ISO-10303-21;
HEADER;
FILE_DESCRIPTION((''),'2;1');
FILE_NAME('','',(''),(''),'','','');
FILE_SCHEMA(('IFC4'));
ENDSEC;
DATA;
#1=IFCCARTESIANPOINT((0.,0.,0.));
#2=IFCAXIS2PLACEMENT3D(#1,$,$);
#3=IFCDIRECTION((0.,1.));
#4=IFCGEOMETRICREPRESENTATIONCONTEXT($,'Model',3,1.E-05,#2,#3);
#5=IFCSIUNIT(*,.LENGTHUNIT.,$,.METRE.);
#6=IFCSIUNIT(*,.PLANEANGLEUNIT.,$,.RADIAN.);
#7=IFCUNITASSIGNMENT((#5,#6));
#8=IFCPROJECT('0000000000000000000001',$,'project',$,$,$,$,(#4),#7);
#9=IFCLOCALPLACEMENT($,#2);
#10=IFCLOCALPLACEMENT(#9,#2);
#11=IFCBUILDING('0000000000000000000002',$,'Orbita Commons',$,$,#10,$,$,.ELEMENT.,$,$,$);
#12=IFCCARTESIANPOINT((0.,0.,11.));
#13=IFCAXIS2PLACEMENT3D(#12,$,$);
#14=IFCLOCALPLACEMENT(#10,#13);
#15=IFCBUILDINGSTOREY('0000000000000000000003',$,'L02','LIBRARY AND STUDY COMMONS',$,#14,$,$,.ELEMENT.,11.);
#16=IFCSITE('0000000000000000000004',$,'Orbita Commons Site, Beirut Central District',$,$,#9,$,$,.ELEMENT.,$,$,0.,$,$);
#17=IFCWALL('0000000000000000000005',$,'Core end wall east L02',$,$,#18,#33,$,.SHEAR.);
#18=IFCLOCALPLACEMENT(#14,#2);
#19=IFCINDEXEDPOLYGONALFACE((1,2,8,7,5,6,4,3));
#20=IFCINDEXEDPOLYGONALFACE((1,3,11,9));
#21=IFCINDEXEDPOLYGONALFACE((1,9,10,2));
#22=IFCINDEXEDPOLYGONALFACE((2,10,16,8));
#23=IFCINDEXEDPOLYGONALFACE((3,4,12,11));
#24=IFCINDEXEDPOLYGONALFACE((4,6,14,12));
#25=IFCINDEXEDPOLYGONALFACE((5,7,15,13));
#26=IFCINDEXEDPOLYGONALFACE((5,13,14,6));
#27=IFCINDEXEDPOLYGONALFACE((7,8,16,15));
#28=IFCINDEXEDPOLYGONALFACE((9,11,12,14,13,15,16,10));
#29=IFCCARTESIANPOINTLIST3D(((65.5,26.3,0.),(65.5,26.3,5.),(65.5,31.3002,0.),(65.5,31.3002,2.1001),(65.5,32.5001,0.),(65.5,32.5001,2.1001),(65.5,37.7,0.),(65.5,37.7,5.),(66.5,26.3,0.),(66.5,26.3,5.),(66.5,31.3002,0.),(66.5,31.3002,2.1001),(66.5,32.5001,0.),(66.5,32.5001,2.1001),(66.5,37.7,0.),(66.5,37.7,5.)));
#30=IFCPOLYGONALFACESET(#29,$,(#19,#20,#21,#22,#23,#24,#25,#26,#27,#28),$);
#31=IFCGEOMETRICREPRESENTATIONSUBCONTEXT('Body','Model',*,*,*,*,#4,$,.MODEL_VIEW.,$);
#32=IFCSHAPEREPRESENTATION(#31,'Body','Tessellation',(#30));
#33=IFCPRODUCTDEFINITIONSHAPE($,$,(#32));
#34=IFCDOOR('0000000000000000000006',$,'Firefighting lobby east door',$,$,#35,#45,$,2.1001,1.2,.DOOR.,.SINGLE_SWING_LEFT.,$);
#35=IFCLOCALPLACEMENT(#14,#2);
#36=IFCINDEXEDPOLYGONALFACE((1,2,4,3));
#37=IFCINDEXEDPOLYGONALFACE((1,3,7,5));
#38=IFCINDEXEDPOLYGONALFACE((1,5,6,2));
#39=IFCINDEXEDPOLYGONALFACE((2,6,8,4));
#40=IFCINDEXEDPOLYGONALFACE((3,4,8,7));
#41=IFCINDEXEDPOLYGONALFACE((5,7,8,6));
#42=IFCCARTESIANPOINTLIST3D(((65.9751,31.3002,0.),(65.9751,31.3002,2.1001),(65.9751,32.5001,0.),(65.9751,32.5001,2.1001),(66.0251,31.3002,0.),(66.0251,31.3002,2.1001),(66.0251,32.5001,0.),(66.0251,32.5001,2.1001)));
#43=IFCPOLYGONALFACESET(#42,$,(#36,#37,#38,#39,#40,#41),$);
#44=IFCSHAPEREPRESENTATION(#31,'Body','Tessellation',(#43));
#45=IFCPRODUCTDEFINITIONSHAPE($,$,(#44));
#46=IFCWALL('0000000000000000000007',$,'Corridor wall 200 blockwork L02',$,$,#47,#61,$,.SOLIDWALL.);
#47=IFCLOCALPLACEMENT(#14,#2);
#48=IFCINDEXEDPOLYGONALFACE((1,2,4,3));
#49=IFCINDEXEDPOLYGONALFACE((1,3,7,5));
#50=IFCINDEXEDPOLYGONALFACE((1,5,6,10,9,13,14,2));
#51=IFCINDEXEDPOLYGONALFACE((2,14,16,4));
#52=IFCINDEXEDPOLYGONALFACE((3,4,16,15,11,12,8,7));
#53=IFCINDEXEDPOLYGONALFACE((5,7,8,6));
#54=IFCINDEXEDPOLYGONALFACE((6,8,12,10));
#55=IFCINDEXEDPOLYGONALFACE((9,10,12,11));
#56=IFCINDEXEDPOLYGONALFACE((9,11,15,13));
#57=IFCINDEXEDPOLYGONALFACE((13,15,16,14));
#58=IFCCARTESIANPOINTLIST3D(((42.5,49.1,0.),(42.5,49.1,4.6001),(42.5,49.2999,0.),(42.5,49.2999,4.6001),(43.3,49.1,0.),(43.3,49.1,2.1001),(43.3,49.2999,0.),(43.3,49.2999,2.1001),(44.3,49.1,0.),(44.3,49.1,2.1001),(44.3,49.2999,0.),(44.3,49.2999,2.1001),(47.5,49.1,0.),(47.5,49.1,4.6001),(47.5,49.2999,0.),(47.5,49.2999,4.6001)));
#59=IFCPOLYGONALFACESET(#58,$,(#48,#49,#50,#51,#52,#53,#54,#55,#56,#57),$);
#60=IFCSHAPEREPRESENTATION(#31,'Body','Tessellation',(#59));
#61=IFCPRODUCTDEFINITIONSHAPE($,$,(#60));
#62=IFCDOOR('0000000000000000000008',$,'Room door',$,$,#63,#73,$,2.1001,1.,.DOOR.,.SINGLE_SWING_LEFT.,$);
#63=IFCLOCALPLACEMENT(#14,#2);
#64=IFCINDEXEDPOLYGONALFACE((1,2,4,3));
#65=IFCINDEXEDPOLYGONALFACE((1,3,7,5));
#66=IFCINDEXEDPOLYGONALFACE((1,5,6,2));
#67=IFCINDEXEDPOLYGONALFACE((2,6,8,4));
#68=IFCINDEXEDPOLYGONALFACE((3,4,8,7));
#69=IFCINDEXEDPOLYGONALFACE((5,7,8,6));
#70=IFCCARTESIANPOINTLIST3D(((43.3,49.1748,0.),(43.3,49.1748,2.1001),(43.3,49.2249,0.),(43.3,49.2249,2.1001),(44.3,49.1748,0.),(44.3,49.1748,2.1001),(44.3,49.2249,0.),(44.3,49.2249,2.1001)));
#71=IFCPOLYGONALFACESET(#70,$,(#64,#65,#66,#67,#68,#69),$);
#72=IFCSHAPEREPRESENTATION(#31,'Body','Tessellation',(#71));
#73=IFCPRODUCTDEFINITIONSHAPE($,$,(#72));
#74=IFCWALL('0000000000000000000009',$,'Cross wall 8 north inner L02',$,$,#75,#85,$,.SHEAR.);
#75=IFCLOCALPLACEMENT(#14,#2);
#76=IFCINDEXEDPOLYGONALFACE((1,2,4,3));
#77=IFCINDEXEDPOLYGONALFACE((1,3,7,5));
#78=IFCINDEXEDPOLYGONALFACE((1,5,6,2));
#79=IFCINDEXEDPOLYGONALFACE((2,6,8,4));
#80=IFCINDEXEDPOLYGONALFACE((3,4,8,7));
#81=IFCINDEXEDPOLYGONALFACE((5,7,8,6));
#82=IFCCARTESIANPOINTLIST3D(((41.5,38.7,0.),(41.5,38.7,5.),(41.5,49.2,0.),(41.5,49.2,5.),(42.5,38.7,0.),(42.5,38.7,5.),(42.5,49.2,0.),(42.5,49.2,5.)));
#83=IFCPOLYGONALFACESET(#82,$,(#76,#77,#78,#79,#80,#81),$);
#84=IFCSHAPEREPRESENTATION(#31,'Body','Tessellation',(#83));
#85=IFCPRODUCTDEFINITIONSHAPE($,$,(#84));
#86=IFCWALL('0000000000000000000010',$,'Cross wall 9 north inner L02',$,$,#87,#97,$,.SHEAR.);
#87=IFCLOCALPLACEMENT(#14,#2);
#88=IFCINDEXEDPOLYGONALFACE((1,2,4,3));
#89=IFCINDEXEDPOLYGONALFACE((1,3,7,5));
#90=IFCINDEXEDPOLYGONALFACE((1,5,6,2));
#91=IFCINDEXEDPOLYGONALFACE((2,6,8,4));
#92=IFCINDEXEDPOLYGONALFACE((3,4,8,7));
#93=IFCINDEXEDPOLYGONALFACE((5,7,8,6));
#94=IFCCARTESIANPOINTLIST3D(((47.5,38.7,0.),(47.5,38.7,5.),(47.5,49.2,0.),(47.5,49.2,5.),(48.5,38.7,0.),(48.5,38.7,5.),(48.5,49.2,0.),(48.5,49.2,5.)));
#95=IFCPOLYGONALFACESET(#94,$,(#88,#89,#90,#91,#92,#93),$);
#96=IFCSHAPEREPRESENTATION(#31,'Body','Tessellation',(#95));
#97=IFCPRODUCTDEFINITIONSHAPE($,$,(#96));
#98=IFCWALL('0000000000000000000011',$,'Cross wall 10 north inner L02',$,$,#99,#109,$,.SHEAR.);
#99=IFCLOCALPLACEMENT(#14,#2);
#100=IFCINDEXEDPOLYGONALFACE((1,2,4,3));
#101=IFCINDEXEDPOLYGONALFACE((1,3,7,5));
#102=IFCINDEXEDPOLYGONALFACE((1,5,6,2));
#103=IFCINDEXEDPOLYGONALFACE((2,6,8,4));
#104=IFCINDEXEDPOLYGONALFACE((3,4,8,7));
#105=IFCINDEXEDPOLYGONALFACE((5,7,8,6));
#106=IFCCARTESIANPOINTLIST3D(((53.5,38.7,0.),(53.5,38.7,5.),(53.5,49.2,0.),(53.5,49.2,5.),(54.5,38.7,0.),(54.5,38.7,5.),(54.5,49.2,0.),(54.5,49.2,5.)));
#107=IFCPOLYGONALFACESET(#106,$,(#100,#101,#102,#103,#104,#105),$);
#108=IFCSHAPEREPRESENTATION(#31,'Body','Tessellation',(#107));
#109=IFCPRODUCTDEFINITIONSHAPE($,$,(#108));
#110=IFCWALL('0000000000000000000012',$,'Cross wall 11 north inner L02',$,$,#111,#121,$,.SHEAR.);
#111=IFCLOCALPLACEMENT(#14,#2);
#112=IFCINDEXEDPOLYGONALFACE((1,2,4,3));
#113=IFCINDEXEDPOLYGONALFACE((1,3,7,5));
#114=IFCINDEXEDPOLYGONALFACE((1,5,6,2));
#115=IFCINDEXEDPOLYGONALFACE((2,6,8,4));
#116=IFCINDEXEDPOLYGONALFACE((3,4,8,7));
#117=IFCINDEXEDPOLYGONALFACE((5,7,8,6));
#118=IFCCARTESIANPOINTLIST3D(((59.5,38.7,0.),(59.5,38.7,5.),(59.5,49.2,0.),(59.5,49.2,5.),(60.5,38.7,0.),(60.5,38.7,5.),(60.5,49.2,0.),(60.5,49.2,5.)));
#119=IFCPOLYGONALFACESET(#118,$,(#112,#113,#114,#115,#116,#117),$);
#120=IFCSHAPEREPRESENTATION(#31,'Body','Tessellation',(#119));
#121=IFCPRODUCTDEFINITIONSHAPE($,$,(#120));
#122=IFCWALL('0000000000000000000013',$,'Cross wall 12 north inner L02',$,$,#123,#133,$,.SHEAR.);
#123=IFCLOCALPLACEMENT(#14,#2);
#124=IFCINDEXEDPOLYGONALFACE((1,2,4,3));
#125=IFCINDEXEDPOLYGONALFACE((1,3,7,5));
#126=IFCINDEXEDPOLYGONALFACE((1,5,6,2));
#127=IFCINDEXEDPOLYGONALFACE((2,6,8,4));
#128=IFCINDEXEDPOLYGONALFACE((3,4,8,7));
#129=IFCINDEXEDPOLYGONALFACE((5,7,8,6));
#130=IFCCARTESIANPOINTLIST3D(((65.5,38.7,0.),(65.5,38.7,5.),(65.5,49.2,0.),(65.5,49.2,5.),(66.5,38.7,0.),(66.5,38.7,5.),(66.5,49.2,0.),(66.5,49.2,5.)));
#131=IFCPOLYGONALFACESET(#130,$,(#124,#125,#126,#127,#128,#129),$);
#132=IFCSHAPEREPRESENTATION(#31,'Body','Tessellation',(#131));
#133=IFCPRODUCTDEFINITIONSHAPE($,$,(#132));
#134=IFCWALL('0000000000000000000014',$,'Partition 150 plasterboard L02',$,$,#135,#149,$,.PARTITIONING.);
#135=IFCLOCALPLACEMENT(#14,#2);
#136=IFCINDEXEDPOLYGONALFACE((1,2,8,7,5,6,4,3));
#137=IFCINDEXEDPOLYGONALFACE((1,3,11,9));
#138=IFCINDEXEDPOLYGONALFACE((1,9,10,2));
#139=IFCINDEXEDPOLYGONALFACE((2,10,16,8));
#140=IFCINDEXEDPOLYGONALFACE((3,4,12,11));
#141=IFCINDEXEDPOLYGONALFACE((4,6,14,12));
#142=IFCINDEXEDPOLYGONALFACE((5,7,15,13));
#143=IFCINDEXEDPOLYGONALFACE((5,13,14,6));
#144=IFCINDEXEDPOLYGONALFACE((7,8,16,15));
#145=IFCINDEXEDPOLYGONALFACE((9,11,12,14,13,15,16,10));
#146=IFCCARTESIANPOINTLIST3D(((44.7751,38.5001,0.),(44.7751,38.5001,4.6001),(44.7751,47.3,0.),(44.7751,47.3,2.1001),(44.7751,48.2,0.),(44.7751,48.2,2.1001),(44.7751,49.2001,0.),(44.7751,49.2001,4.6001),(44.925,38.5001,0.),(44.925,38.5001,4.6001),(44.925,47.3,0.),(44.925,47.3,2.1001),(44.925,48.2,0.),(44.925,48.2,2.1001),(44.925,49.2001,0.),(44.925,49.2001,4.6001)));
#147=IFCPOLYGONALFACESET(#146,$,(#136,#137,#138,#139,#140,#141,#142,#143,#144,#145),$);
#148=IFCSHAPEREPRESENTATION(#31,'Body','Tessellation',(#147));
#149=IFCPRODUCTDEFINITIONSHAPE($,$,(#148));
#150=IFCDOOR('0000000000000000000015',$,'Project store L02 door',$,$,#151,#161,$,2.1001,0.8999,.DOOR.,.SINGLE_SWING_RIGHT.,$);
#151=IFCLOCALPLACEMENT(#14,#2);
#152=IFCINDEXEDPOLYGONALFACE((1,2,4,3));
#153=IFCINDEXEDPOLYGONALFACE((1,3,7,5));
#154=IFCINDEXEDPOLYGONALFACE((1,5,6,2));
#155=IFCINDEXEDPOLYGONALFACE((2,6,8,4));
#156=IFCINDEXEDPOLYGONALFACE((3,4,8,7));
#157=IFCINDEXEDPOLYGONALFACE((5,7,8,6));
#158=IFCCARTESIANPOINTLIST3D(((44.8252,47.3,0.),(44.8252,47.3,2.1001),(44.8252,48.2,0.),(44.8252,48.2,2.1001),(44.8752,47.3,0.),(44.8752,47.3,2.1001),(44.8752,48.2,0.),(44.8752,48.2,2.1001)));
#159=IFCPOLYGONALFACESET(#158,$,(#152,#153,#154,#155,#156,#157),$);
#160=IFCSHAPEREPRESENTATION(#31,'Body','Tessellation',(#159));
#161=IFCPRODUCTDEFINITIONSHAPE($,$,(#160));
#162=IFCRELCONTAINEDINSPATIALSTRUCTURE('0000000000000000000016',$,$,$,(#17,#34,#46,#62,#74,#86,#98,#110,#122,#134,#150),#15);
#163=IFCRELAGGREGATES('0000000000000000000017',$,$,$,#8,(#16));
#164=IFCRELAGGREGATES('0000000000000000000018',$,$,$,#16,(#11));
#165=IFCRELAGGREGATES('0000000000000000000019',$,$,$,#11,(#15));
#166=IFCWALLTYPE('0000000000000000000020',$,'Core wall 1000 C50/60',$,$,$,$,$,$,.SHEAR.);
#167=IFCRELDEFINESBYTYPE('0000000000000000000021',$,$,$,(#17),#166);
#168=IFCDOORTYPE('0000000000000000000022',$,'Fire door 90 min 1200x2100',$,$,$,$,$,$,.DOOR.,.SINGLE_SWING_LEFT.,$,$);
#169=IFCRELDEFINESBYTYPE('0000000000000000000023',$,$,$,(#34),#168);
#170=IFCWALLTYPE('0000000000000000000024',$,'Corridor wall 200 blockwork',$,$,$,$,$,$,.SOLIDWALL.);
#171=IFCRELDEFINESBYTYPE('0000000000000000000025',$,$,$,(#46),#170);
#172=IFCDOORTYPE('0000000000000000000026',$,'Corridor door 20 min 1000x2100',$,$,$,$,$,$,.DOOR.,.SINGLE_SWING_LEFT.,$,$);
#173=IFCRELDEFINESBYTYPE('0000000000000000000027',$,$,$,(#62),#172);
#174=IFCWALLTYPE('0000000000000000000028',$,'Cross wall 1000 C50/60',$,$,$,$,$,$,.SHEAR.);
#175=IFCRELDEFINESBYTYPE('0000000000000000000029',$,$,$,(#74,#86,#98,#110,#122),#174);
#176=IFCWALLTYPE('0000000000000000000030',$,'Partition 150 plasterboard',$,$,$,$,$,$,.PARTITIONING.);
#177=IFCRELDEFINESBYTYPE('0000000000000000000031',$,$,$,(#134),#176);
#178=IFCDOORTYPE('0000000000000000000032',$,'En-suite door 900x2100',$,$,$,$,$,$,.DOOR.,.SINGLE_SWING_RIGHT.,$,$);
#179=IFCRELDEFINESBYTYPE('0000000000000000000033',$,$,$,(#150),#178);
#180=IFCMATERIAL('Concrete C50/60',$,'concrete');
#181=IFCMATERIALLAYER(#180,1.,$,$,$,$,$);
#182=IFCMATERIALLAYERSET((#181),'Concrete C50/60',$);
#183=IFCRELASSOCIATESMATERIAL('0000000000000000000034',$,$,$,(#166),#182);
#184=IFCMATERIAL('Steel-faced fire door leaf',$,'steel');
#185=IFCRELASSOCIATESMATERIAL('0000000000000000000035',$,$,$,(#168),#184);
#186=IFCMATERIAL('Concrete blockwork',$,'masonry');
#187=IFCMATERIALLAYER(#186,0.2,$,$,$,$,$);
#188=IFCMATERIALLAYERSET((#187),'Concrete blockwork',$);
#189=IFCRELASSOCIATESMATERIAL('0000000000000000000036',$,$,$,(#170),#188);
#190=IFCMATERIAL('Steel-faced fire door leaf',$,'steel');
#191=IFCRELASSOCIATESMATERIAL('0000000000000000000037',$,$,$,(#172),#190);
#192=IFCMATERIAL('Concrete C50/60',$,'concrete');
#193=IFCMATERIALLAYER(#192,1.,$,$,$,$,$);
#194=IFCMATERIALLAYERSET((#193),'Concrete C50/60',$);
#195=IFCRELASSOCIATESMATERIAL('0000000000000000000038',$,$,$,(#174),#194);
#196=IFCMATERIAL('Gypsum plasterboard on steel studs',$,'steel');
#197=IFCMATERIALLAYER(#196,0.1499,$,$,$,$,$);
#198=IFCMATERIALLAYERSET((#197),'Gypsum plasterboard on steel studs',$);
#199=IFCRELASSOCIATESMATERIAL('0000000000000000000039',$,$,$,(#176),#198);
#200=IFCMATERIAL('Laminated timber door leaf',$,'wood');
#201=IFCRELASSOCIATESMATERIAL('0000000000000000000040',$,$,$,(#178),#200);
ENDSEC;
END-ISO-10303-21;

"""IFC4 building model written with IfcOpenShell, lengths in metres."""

from ifc_helpers import new_model, si_unit, direction, frame, frame_2d, origin, place, context, subcontext, project, spatial, rectangle, extrude, material, layer, layer_set, type_object, element, fill, save


model = new_model("IFC4")

# Units and contexts
model_context = context("Model", 3, precision=1e-05, world=origin(), true_north=direction((0.0, 1.0)))
body_context = subcontext(model_context, "Body", "Model", "MODEL_VIEW")
ifc_project = project(units=[si_unit("LENGTHUNIT", "METRE"), si_unit("PLANEANGLEUNIT", "RADIAN")], contexts=[model_context])

# Site, building, storey
site_placement = place(None, origin())
site = spatial("IfcSite", under=ifc_project, at=site_placement, Name="Orbita Commons Site, Beirut Central District", CompositionType="ELEMENT", RefElevation=0.0)
building_placement = place(site_placement, origin())
building = spatial("IfcBuilding", under=site, at=building_placement, Name="Orbita Commons", CompositionType="ELEMENT")
storey_placement = place(building_placement, frame((0.0, 0.0, 11.0)))
storey = spatial("IfcBuildingStorey", under=building, at=storey_placement, Name="L02", Description="LIBRARY AND STUDY COMMONS", CompositionType="ELEMENT", Elevation=11.0)

# Walls, openings, doors
ifc_material_1 = material(Name="Concrete C50/60", Category="concrete")
ifc_layer_1 = layer(ifc_material_1, 1.0)
ifc_layer_set_1 = layer_set([ifc_layer_1], Name="Concrete C50/60")
wall_type_1 = type_object("IfcWallType", Name="Core wall 1000 C50/60", PredefinedType="SHEAR", material=ifc_layer_set_1)
wall_1_placement = place(storey_placement, frame((66.0, 26.3, 0.0), z_axis=(0.0, 0.0, 1.0), x_axis=(0.0, 1.0, 0.0)))
wall_1 = element("IfcWall", 1, at=wall_1_placement, inside=storey, type_object=wall_type_1, Name="Core end wall east L02", PredefinedType="SHEAR", context=body_context, shape_type="SweptSolid", body=[
    extrude(rectangle(XDim=11.3999, YDim=1.0, at=frame_2d((5.7, 0.0))), origin(), (0.0, 0.0, 1.0), 5.0),
])
opening_1_placement = place(wall_1_placement, frame((5.0, 0.0, 0.0)))
opening_1 = element("IfcOpeningElement", 2, at=opening_1_placement, cuts=wall_1, PredefinedType="OPENING", context=body_context, shape_type="SweptSolid", body=[
    extrude(rectangle(XDim=1.2, YDim=2.1001, at=frame_2d((0.6001, 1.05))), frame((0.0, 0.51, 0.0), z_axis=(0.0, -1.0, 0.0), x_axis=(1.0, 0.0, 0.0)), (0.0, 0.0, 1.0), 1.02),
])
ifc_material_2 = material(Name="Steel-faced fire door leaf", Category="steel")
door_type_1 = type_object("IfcDoorType", Name="Fire door 90 min 1200x2100", OperationType="SINGLE_SWING_LEFT", PredefinedType="DOOR", material=ifc_material_2)
door_1_placement = place(opening_1_placement, origin())
door_1 = element("IfcDoor", 3, at=door_1_placement, inside=storey, type_object=door_type_1, Name="Firefighting lobby east door", OperationType="SINGLE_SWING_LEFT", OverallHeight=2.1001, OverallWidth=1.2, PredefinedType="DOOR", context=body_context, shape_type="SweptSolid", body=[
    extrude(rectangle(XDim=1.2, YDim=2.1001, at=frame_2d((0.6001, 1.05))), frame((0.0, 0.0249, 0.0), z_axis=(0.0, -1.0, 0.0), x_axis=(1.0, 0.0, 0.0)), (0.0, 0.0, 1.0), 0.05),
])
fill(opening_1, door_1)
ifc_material_3 = material(Name="Concrete blockwork", Category="masonry")
ifc_layer_2 = layer(ifc_material_3, 0.2)
ifc_layer_set_2 = layer_set([ifc_layer_2], Name="Concrete blockwork")
wall_type_2 = type_object("IfcWallType", Name="Corridor wall 200 blockwork", PredefinedType="SOLIDWALL", material=ifc_layer_set_2)
wall_2_placement = place(storey_placement, frame((42.5, 49.2, 0.0), z_axis=(0.0, 0.0, 1.0), x_axis=(1.0, 0.0, 0.0)))
wall_2 = element("IfcWall", 4, at=wall_2_placement, inside=storey, type_object=wall_type_2, Name="Corridor wall 200 blockwork L02", PredefinedType="SOLIDWALL", context=body_context, shape_type="SweptSolid", body=[
    extrude(rectangle(XDim=5.0, YDim=0.2, at=frame_2d((2.5, 0.0))), origin(), (0.0, 0.0, 1.0), 4.6001),
])
opening_2_placement = place(wall_2_placement, frame((0.8, 0.0, 0.0)))
opening_2 = element("IfcOpeningElement", 5, at=opening_2_placement, cuts=wall_2, PredefinedType="OPENING", context=body_context, shape_type="SweptSolid", body=[
    extrude(rectangle(XDim=1.0, YDim=2.1001, at=frame_2d((0.5, 1.05))), frame((0.0, 0.1099, 0.0), z_axis=(0.0, -1.0, 0.0), x_axis=(1.0, 0.0, 0.0)), (0.0, 0.0, 1.0), 0.22),
])
ifc_material_4 = material(Name="Steel-faced fire door leaf", Category="steel")
door_type_2 = type_object("IfcDoorType", Name="Corridor door 20 min 1000x2100", OperationType="SINGLE_SWING_LEFT", PredefinedType="DOOR", material=ifc_material_4)
door_2_placement = place(opening_2_placement, origin())
door_2 = element("IfcDoor", 6, at=door_2_placement, inside=storey, type_object=door_type_2, Name="Room door", OperationType="SINGLE_SWING_LEFT", OverallHeight=2.1001, OverallWidth=1.0, PredefinedType="DOOR", context=body_context, shape_type="SweptSolid", body=[
    extrude(rectangle(XDim=1.0, YDim=2.1001, at=frame_2d((0.5, 1.05))), frame((0.0, 0.0249, 0.0), z_axis=(0.0, -1.0, 0.0), x_axis=(1.0, 0.0, 0.0)), (0.0, 0.0, 1.0), 0.05),
])
fill(opening_2, door_2)

# Walls
ifc_material_5 = material(Name="Concrete C50/60", Category="concrete")
ifc_layer_3 = layer(ifc_material_5, 1.0)
ifc_layer_set_3 = layer_set([ifc_layer_3], Name="Concrete C50/60")
wall_type_3 = type_object("IfcWallType", Name="Cross wall 1000 C50/60", PredefinedType="SHEAR", material=ifc_layer_set_3)
for number, where, z_axis, x_axis, name in (
    (7, (42.0, 38.7, 0.0), (0.0, 0.0, 1.0), (0.0, 1.0, 0.0), "Cross wall 8 north inner L02"),
    (8, (48.0, 38.7, 0.0), (0.0, 0.0, 1.0), (0.0, 1.0, 0.0), "Cross wall 9 north inner L02"),
    (9, (54.0, 38.7, 0.0), (0.0, 0.0, 1.0), (0.0, 1.0, 0.0), "Cross wall 10 north inner L02"),
    (10, (60.0, 38.7, 0.0), (0.0, 0.0, 1.0), (0.0, 1.0, 0.0), "Cross wall 11 north inner L02"),
    (11, (66.0, 38.7, 0.0), (0.0, 0.0, 1.0), (0.0, 1.0, 0.0), "Cross wall 12 north inner L02"),
):
    element("IfcWall", number, at=place(storey_placement, frame(where, z_axis=z_axis, x_axis=x_axis)), inside=storey, type_object=wall_type_3, Name=name, PredefinedType="SHEAR", context=body_context, shape_type="SweptSolid", body=[
        extrude(rectangle(XDim=10.5, YDim=1.0, at=frame_2d((5.25, 0.0))), origin(), (0.0, 0.0, 1.0), 5.0),
    ])

# Wall, opening, door
ifc_material_6 = material(Name="Gypsum plasterboard on steel studs", Category="steel")
ifc_layer_4 = layer(ifc_material_6, 0.1499)
ifc_layer_set_4 = layer_set([ifc_layer_4], Name="Gypsum plasterboard on steel studs")
wall_type_4 = type_object("IfcWallType", Name="Partition 150 plasterboard", PredefinedType="PARTITIONING", material=ifc_layer_set_4)
wall_3_placement = place(storey_placement, frame((44.8501, 38.5, 0.0), z_axis=(0.0, 0.0, 1.0), x_axis=(0.0, 1.0, 0.0)))
wall_3 = element("IfcWall", 12, at=wall_3_placement, inside=storey, type_object=wall_type_4, Name="Partition 150 plasterboard L02", PredefinedType="PARTITIONING", context=body_context, shape_type="SweptSolid", body=[
    extrude(rectangle(XDim=10.7, YDim=0.1499, at=frame_2d((5.3501, 0.0))), origin(), (0.0, 0.0, 1.0), 4.6001),
])
opening_3_placement = place(wall_3_placement, frame((8.8, 0.0, 0.0)))
opening_3 = element("IfcOpeningElement", 13, at=opening_3_placement, cuts=wall_3, PredefinedType="OPENING", context=body_context, shape_type="SweptSolid", body=[
    extrude(rectangle(XDim=0.8999, YDim=2.1001, at=frame_2d((0.45, 1.05))), frame((0.0, 0.085, 0.0), z_axis=(0.0, -1.0, 0.0), x_axis=(1.0, 0.0, 0.0)), (0.0, 0.0, 1.0), 0.1699),
])
ifc_material_7 = material(Name="Laminated timber door leaf", Category="wood")
door_type_3 = type_object("IfcDoorType", Name="En-suite door 900x2100", OperationType="SINGLE_SWING_RIGHT", PredefinedType="DOOR", material=ifc_material_7)
door_3_placement = place(opening_3_placement, origin())
door_3 = element("IfcDoor", 14, at=door_3_placement, inside=storey, type_object=door_type_3, Name="Project store L02 door", OperationType="SINGLE_SWING_RIGHT", OverallHeight=2.1001, OverallWidth=0.8999, PredefinedType="DOOR", context=body_context, shape_type="SweptSolid", body=[
    extrude(rectangle(XDim=0.8999, YDim=2.1001, at=frame_2d((0.45, 1.05))), frame((0.0, 0.0249, 0.0), z_axis=(0.0, -1.0, 0.0), x_axis=(1.0, 0.0, 0.0)), (0.0, 0.0, 1.0), 0.05),
])
fill(opening_3, door_3)

save(model, "model.ifc")
